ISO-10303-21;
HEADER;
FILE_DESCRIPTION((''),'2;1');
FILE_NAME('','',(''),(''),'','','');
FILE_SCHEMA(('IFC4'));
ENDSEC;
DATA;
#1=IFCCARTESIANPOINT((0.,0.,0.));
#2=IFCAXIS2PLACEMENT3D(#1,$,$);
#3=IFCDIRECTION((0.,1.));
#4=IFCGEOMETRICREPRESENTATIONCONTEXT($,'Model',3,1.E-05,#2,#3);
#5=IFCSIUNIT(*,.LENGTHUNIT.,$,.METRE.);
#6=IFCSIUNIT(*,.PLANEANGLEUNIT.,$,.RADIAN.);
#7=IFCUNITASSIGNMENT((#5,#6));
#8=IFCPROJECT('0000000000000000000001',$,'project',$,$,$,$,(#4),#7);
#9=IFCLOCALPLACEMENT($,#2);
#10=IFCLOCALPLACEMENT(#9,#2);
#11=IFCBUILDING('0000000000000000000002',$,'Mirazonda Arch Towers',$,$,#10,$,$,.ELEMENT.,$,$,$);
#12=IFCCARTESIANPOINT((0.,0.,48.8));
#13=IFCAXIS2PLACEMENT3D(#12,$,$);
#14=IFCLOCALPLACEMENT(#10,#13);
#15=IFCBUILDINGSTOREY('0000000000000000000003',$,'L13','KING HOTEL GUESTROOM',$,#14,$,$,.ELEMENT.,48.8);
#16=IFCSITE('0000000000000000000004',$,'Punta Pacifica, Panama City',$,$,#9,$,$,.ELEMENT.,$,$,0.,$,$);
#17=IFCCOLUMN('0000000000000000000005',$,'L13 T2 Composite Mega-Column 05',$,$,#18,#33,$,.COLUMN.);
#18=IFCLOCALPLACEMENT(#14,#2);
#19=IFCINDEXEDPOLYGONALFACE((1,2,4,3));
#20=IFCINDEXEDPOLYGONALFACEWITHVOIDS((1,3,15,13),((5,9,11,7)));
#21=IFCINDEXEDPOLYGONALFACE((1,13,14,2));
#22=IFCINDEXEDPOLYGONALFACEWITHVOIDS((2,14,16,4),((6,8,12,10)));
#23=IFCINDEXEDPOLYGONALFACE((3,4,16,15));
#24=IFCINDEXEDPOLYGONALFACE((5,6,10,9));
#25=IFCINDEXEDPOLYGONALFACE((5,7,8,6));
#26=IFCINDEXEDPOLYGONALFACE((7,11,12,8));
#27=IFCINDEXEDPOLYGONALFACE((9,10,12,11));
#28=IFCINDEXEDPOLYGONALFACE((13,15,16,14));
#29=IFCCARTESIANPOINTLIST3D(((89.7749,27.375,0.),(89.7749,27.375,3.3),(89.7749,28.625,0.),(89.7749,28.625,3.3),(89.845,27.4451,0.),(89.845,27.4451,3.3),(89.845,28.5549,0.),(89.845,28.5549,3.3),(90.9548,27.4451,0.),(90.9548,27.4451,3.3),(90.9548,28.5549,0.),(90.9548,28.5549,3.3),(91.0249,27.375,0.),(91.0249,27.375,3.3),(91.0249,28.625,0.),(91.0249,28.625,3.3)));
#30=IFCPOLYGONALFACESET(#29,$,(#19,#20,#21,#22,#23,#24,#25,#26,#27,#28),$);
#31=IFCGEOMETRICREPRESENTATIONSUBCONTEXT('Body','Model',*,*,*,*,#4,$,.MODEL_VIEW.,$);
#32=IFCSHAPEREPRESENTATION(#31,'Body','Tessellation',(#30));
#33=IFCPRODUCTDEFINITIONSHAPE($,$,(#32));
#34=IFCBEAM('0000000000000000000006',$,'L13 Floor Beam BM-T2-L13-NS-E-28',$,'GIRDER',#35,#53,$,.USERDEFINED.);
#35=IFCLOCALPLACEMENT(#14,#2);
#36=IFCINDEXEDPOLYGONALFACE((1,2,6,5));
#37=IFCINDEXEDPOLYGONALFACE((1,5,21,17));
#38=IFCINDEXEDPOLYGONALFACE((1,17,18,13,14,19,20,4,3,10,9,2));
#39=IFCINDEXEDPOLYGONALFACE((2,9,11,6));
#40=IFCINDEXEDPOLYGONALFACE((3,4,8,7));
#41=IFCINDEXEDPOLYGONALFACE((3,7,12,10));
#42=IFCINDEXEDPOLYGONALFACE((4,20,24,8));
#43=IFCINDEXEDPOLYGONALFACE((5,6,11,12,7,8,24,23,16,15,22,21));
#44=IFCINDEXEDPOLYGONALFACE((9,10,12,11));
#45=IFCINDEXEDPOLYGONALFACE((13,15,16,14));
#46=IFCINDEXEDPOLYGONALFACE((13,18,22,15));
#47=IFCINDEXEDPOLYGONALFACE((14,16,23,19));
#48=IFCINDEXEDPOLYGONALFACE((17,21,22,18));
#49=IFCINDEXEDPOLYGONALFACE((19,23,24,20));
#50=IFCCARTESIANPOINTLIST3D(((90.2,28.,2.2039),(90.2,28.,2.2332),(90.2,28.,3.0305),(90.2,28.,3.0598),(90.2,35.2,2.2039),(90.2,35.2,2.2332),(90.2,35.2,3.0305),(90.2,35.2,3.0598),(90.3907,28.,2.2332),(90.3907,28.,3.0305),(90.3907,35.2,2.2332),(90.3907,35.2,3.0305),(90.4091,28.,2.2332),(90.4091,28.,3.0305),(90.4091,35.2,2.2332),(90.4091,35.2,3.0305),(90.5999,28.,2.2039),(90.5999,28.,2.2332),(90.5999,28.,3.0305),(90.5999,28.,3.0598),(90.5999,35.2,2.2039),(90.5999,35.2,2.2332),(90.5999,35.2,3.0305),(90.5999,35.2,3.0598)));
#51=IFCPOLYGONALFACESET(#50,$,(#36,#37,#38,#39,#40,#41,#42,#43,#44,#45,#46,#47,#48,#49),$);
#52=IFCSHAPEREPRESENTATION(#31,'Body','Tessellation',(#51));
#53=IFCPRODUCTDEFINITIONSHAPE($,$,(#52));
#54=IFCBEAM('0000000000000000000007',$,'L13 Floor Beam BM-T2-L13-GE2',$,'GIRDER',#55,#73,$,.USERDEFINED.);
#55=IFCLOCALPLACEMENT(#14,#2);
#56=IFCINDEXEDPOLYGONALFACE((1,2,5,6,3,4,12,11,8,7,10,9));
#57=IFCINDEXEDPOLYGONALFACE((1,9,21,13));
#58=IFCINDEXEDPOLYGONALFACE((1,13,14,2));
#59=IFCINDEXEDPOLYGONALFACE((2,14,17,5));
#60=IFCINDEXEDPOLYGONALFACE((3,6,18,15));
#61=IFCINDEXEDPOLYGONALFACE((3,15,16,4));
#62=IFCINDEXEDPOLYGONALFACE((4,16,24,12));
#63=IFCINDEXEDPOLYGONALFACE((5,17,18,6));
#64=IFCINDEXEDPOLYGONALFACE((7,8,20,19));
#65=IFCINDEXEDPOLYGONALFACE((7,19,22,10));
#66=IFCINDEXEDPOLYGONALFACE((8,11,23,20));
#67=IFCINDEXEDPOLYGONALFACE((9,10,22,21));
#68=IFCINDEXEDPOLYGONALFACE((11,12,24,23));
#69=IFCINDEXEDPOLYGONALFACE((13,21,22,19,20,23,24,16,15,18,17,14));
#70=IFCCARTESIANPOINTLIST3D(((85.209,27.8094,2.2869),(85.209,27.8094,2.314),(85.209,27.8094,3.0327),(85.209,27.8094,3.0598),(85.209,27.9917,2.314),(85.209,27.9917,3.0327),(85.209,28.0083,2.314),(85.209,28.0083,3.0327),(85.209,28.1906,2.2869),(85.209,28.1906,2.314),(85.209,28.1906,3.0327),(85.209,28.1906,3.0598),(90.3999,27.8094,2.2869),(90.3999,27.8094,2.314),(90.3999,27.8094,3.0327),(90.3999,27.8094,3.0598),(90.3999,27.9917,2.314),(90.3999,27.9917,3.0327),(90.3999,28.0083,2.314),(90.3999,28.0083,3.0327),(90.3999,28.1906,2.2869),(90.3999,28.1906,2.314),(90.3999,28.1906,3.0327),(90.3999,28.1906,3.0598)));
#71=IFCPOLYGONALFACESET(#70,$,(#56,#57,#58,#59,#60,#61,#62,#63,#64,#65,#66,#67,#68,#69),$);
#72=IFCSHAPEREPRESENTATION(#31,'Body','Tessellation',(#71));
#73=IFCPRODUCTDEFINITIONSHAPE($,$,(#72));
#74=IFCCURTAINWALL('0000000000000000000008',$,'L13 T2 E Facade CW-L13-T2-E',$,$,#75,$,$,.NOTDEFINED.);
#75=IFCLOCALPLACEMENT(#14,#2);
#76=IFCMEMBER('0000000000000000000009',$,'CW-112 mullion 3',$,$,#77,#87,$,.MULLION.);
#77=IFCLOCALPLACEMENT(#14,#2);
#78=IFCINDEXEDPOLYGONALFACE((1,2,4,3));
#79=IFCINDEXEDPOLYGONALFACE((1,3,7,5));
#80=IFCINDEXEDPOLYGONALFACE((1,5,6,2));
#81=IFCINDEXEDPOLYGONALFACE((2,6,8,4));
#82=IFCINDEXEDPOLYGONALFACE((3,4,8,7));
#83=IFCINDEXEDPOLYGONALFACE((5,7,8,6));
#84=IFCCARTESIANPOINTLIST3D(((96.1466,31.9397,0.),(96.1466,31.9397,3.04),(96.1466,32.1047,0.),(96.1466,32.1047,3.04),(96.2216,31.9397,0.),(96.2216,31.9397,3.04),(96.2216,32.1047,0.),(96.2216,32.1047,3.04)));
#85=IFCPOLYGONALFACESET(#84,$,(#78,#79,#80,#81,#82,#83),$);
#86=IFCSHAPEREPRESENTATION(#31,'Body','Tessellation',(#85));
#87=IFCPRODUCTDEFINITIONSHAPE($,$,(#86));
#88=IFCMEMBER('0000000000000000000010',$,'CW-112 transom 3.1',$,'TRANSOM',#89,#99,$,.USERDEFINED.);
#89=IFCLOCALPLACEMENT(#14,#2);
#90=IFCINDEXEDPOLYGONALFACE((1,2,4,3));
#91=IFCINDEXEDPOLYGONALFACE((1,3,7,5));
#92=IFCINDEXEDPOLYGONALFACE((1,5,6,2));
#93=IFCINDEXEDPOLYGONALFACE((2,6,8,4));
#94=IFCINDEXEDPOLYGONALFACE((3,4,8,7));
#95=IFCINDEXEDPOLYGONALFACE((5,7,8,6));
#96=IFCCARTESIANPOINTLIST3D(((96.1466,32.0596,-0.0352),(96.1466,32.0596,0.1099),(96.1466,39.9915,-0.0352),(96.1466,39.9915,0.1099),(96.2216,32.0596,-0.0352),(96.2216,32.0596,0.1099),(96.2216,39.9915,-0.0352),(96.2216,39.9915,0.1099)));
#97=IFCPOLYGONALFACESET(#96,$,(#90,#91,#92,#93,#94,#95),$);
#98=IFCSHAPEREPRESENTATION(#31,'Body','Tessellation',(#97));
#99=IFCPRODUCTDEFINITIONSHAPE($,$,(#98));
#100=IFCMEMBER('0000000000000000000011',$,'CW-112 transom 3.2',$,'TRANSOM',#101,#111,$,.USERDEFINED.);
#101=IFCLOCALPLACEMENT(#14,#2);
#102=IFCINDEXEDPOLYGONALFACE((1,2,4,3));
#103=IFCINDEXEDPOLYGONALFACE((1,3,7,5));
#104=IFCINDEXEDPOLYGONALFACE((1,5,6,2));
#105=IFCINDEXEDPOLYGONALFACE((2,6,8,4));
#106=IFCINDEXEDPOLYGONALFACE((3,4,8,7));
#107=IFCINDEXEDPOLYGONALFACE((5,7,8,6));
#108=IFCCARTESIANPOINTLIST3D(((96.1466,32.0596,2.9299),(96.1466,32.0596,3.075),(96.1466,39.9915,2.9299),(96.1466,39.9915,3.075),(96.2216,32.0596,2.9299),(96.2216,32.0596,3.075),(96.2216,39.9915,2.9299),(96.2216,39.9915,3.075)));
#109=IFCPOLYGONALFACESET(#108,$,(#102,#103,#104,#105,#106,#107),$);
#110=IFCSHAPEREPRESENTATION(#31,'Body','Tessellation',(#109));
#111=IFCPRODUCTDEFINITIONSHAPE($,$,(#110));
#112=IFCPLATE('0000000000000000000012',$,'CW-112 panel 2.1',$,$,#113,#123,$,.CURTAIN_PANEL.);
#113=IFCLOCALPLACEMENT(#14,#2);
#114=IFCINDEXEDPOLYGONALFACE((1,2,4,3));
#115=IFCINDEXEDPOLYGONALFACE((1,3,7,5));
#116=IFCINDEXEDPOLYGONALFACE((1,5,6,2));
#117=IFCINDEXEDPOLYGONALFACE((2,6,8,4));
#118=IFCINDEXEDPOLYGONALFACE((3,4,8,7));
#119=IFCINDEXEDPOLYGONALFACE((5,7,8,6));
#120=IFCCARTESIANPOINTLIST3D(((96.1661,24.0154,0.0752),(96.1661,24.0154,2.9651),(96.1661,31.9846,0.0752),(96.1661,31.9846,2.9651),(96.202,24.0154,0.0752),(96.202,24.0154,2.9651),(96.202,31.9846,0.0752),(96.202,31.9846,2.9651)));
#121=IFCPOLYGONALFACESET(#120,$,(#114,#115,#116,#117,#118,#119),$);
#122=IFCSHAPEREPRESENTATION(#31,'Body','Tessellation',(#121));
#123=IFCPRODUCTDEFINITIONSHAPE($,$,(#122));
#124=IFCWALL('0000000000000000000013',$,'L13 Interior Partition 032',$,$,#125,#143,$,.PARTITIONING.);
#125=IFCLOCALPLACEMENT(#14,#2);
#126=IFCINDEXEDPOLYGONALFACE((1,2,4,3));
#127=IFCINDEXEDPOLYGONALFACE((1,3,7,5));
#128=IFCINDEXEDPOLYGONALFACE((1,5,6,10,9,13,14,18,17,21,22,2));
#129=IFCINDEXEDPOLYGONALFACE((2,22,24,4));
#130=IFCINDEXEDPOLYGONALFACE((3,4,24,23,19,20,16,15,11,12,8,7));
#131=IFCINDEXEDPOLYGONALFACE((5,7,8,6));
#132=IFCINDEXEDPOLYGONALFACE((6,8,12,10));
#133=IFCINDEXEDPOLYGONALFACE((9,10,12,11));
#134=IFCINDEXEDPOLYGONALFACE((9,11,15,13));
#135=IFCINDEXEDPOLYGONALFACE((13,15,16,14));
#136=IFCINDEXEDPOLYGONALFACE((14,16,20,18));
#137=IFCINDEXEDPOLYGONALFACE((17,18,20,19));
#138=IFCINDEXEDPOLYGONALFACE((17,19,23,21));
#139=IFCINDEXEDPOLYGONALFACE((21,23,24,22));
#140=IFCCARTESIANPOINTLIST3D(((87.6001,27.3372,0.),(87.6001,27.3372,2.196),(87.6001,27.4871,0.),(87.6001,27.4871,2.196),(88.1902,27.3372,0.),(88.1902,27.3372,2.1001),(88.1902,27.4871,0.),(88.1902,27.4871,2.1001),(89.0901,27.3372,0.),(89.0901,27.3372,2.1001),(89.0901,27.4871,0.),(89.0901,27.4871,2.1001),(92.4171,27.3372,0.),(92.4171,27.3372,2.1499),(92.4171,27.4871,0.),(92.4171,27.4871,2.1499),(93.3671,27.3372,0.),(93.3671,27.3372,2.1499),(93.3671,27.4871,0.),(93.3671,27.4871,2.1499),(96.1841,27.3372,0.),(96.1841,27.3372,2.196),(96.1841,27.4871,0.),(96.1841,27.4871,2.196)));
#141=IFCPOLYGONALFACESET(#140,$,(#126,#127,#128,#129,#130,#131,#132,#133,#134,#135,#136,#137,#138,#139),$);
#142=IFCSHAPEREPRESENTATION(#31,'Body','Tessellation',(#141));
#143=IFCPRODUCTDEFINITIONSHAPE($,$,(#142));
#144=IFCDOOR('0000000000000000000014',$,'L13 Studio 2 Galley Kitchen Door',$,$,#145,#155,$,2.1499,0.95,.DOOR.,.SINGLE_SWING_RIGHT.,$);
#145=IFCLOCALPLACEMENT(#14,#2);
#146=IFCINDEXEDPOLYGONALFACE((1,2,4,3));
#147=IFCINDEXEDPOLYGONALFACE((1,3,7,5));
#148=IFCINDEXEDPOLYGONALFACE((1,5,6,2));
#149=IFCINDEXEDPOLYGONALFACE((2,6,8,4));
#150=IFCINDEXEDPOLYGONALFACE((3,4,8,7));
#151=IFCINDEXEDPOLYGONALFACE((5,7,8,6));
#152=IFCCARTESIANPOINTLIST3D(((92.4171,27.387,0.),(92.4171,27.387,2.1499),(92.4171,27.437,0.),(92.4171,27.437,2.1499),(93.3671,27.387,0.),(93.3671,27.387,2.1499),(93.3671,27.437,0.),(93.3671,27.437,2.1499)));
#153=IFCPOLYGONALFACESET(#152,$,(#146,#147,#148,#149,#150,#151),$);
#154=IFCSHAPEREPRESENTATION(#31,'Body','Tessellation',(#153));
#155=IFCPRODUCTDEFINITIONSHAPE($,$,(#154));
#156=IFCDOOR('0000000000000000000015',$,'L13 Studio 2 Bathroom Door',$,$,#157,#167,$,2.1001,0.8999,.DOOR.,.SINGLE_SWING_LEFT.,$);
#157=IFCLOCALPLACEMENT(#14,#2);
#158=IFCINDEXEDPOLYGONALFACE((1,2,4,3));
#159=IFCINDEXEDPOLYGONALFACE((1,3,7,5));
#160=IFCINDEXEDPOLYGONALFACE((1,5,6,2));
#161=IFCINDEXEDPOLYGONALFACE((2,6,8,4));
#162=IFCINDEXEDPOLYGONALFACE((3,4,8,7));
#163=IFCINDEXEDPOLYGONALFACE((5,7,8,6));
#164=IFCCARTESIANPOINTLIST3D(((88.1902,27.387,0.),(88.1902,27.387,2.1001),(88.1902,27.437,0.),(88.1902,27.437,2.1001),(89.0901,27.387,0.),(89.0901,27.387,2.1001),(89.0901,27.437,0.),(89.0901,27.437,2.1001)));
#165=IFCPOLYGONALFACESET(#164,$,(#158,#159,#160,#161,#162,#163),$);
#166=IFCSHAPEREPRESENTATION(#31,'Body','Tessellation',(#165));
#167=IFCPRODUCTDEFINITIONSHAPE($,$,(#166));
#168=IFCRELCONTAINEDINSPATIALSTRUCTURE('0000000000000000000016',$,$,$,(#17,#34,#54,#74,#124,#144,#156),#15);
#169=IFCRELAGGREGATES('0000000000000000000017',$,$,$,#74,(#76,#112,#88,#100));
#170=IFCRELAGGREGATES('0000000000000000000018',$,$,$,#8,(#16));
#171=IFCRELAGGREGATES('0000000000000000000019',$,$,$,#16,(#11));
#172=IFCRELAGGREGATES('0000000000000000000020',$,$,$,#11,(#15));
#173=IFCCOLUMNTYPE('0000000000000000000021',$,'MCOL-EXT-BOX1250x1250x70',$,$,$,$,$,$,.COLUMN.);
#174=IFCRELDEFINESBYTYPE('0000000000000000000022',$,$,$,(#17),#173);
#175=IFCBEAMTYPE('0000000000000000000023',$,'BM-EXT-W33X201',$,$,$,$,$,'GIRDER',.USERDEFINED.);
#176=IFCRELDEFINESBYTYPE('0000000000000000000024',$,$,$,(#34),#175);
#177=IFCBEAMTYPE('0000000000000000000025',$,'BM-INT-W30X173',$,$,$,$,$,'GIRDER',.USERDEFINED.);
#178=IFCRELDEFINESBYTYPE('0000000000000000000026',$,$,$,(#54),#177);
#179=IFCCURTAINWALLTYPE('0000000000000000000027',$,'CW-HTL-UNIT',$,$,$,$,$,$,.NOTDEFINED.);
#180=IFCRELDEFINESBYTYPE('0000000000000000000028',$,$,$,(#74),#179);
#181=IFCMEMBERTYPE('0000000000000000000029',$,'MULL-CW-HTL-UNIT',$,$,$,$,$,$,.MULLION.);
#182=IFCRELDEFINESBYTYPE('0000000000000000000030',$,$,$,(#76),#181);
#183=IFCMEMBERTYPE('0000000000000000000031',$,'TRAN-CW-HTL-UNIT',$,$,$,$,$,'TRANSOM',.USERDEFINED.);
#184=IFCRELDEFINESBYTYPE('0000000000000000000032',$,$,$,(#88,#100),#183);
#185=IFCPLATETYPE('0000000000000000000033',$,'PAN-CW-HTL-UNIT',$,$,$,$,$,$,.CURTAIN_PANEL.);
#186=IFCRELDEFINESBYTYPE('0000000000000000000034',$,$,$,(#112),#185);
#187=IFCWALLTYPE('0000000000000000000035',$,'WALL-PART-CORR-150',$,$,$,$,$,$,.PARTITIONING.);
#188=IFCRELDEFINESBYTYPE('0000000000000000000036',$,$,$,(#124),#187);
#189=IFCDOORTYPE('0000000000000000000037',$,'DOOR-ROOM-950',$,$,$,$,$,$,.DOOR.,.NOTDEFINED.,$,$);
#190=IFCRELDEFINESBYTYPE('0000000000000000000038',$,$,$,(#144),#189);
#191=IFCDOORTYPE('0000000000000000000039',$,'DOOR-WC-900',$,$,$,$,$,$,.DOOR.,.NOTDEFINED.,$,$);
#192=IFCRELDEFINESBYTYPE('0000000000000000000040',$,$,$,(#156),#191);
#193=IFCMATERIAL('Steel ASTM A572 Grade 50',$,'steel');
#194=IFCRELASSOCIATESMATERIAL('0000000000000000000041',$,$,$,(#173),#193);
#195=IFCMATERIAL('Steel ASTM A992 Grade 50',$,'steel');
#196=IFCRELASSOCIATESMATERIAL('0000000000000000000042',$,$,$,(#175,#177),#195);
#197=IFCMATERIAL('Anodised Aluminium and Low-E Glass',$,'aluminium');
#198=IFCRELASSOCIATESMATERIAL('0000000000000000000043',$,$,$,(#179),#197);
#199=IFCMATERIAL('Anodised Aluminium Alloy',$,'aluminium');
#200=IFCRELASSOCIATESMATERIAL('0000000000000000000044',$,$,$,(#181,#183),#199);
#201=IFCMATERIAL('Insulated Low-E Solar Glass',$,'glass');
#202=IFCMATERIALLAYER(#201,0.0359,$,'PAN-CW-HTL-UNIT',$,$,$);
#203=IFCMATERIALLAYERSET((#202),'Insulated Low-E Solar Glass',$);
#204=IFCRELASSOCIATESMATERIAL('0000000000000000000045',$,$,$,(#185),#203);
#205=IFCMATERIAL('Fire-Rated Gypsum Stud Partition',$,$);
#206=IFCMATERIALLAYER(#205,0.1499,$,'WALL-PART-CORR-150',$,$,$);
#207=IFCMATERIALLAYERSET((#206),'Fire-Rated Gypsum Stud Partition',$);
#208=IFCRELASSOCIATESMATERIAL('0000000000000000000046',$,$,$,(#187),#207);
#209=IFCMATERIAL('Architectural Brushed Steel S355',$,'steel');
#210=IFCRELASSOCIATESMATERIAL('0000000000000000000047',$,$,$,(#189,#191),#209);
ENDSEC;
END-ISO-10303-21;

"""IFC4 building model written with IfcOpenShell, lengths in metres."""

from ifc_helpers import new_model, si_unit, direction, frame, frame_2d, origin, origin_2d, place, context, subcontext, project, spatial, rectangle, hollow_rectangle, i_section, extrude, material, layer, layer_set, material_profile, profile_set, type_object, element, fill, aggregate, save


model = new_model("IFC4")

# Units and contexts
model_context = context("Model", 3, precision=1e-05, world=origin(), true_north=direction((0.0, 1.0)))
body_context = subcontext(model_context, "Body", "Model", "MODEL_VIEW")
ifc_project = project(units=[si_unit("LENGTHUNIT", "METRE"), si_unit("PLANEANGLEUNIT", "RADIAN")], contexts=[model_context])

# Site, building, storey
site_placement = place(None, origin())
site = spatial("IfcSite", under=ifc_project, at=site_placement, Name="Punta Pacifica, Panama City", CompositionType="ELEMENT", RefElevation=0.0)
building_placement = place(site_placement, origin())
building = spatial("IfcBuilding", under=site, at=building_placement, Name="Mirazonda Arch Towers", CompositionType="ELEMENT")
storey_placement = place(building_placement, frame((0.0, 0.0, 48.8)))
storey = spatial("IfcBuildingStorey", under=building, at=storey_placement, Name="L13", Description="KING HOTEL GUESTROOM", CompositionType="ELEMENT", Elevation=48.8)

# Column
ifc_material_1 = material(Name="Steel ASTM A572 Grade 50", Category="steel")
ifc_material_profile_1 = material_profile(ifc_material_1, hollow_rectangle(XDim=1.25, YDim=1.25, WallThickness=0.0701, at=origin_2d()), Name="BOX1250x1250x70")
ifc_profile_set_1 = profile_set([ifc_material_profile_1], Name="Steel ASTM A572 Grade 50")
column_type = type_object("IfcColumnType", Name="MCOL-EXT-BOX1250x1250x70", PredefinedType="COLUMN", material=ifc_profile_set_1)
column_placement = place(storey_placement, frame((90.3999, 28.0, 0.0), z_axis=(0.0, 0.0, 1.0), x_axis=(1.0, 0.0, 0.0)))
element("IfcColumn", 1, at=column_placement, inside=storey, type_object=column_type, Name="L13 T2 Composite Mega-Column 05", PredefinedType="COLUMN", context=body_context, shape_type="SweptSolid", body=[
    extrude(hollow_rectangle(XDim=1.25, YDim=1.25, WallThickness=0.0701, at=origin_2d()), origin(), (0.0, 0.0, 1.0), 3.3),
])

# Beams
ifc_material_2 = material(Name="Steel ASTM A992 Grade 50", Category="steel")
ifc_material_profile_2 = material_profile(ifc_material_2, i_section(OverallWidth=0.3999, OverallDepth=0.856, WebThickness=0.0183, FlangeThickness=0.0293, at=origin_2d()), Name="W33X201")
ifc_profile_set_2 = profile_set([ifc_material_profile_2], Name="Steel ASTM A992 Grade 50")
beam_type_1 = type_object("IfcBeamType", Name="BM-EXT-W33X201", ElementType="GIRDER", PredefinedType="USERDEFINED", material=ifc_profile_set_2)
beam_1_placement = place(storey_placement, frame((90.3999, 28.0, 2.6318), z_axis=(0.0, 1.0, 0.0), x_axis=(-1.0, 0.0, 0.0)))
element("IfcBeam", 2, at=beam_1_placement, inside=storey, type_object=beam_type_1, Name="L13 Floor Beam BM-T2-L13-NS-E-28", ObjectType="GIRDER", PredefinedType="USERDEFINED", context=body_context, shape_type="SweptSolid", body=[
    extrude(i_section(OverallWidth=0.3999, OverallDepth=0.856, WebThickness=0.0183, FlangeThickness=0.0293, at=origin_2d()), origin(), (0.0, 0.0, 1.0), 7.2),
])
ifc_material_profile_3 = material_profile(ifc_material_2, i_section(OverallWidth=0.3811, OverallDepth=0.7729, WebThickness=0.0166, FlangeThickness=0.0271, at=origin_2d()), Name="W30X173")
ifc_profile_set_3 = profile_set([ifc_material_profile_3], Name="Steel ASTM A992 Grade 50")
beam_type_2 = type_object("IfcBeamType", Name="BM-INT-W30X173", ElementType="GIRDER", PredefinedType="USERDEFINED", material=ifc_profile_set_3)
beam_2_placement = place(storey_placement, frame((85.209, 28.0, 2.6733), z_axis=(1.0, 0.0, 0.0), x_axis=(0.0, 1.0, 0.0)))
element("IfcBeam", 3, at=beam_2_placement, inside=storey, type_object=beam_type_2, Name="L13 Floor Beam BM-T2-L13-GE2", ObjectType="GIRDER", PredefinedType="USERDEFINED", context=body_context, shape_type="SweptSolid", body=[
    extrude(i_section(OverallWidth=0.3811, OverallDepth=0.7729, WebThickness=0.0166, FlangeThickness=0.0271, at=origin_2d()), origin(), (0.0, 0.0, 1.0), 5.1909),
])

# Curtain wall, members, plate
ifc_material_3 = material(Name="Anodised Aluminium and Low-E Glass", Category="aluminium")
curtain_wall_type = type_object("IfcCurtainWallType", Name="CW-HTL-UNIT", PredefinedType="NOTDEFINED", material=ifc_material_3)
curtain_wall_placement = place(storey_placement, origin())
curtain_wall = element("IfcCurtainWall", 4, at=curtain_wall_placement, inside=storey, type_object=curtain_wall_type, Name="L13 T2 E Facade CW-L13-T2-E", PredefinedType="NOTDEFINED")
ifc_material_4 = material(Name="Anodised Aluminium Alloy", Category="aluminium")
ifc_material_profile_4 = material_profile(ifc_material_4, rectangle(XDim=0.075, YDim=0.165, at=origin_2d()), Name="ALU-MULL-75x165")
ifc_profile_set_4 = profile_set([ifc_material_profile_4], Name="Anodised Aluminium Alloy")
member_type_1 = type_object("IfcMemberType", Name="MULL-CW-HTL-UNIT", PredefinedType="MULLION", material=ifc_profile_set_4)
member_1_placement = place(storey_placement, frame((96.1841, 32.0222, 0.0), z_axis=(0.0, 0.0, 1.0), x_axis=(-1.0, 0.0, 0.0)))
member_1 = element("IfcMember", 5, at=member_1_placement, type_object=member_type_1, Name="CW-112 mullion 3", PredefinedType="MULLION", context=body_context, shape_type="SweptSolid", body=[
    extrude(rectangle(XDim=0.075, YDim=0.165, at=origin_2d()), origin(), (0.0, 0.0, 1.0), 3.04),
])
ifc_material_profile_5 = material_profile(ifc_material_4, rectangle(XDim=0.075, YDim=0.145, at=origin_2d()), Name="ALU-TRAN-75x145")
ifc_profile_set_5 = profile_set([ifc_material_profile_5], Name="Anodised Aluminium Alloy")
member_type_2 = type_object("IfcMemberType", Name="TRAN-CW-HTL-UNIT", ElementType="TRANSOM", PredefinedType="USERDEFINED", material=ifc_profile_set_5)
member_2_placement = place(storey_placement, frame((96.1841, 32.0596, 0.0374), z_axis=(0.0, 1.0, 0.0), x_axis=(-1.0, 0.0, 0.0)))
member_2 = element("IfcMember", 6, at=member_2_placement, type_object=member_type_2, Name="CW-112 transom 3.1", ObjectType="TRANSOM", PredefinedType="USERDEFINED", context=body_context, shape_type="SweptSolid", body=[
    extrude(rectangle(XDim=0.075, YDim=0.145, at=origin_2d()), origin(), (0.0, 0.0, 1.0), 7.9319),
])
member_3_placement = place(storey_placement, frame((96.1841, 32.0596, 3.0024), z_axis=(0.0, 1.0, 0.0), x_axis=(-1.0, 0.0, 0.0)))
member_3 = element("IfcMember", 7, at=member_3_placement, type_object=member_type_2, Name="CW-112 transom 3.2", ObjectType="TRANSOM", PredefinedType="USERDEFINED", context=body_context, shape_type="SweptSolid", body=[
    extrude(rectangle(XDim=0.075, YDim=0.145, at=origin_2d()), origin(), (0.0, 0.0, 1.0), 7.9319),
])
ifc_material_5 = material(Name="Insulated Low-E Solar Glass", Category="glass")
ifc_layer_1 = layer(ifc_material_5, 0.0359, Name="PAN-CW-HTL-UNIT")
ifc_layer_set_1 = layer_set([ifc_layer_1], Name="Insulated Low-E Solar Glass")
plate_type = type_object("IfcPlateType", Name="PAN-CW-HTL-UNIT", PredefinedType="CURTAIN_PANEL", material=ifc_layer_set_1)
plate_placement = place(storey_placement, frame((96.1841, 28.0, 0.0752), z_axis=(0.0, 0.0, 1.0), x_axis=(0.0, 1.0, 0.0)))
plate = element("IfcPlate", 8, at=plate_placement, type_object=plate_type, Name="CW-112 panel 2.1", PredefinedType="CURTAIN_PANEL", context=body_context, shape_type="SweptSolid", body=[
    extrude(rectangle(XDim=7.9692, YDim=0.0359, at=origin_2d()), origin(), (0.0, 0.0, 1.0), 2.8899),
])
aggregate(curtain_wall, [member_1, plate, member_2, member_3])

# Wall, openings, doors
ifc_material_6 = material(Name="Fire-Rated Gypsum Stud Partition")
ifc_layer_2 = layer(ifc_material_6, 0.1499, Name="WALL-PART-CORR-150")
ifc_layer_set_2 = layer_set([ifc_layer_2], Name="Fire-Rated Gypsum Stud Partition")
wall_type_1 = type_object("IfcWallType", Name="WALL-PART-CORR-150", PredefinedType="PARTITIONING", material=ifc_layer_set_2)
wall_1_placement = place(storey_placement, frame((87.6001, 27.4121, 0.0), z_axis=(0.0, 0.0, 1.0), x_axis=(1.0, 0.0, 0.0)))
wall_1 = element("IfcWall", 9, at=wall_1_placement, inside=storey, type_object=wall_type_1, Name="L13 Interior Partition 032", PredefinedType="PARTITIONING", context=body_context, shape_type="SweptSolid", body=[
    extrude(rectangle(XDim=8.584, YDim=0.1499, at=frame_2d((4.292, 0.0))), origin(), (0.0, 0.0, 1.0), 2.196),
])
opening_1_placement = place(wall_1_placement, frame((4.8169, 0.0, 0.0)))
opening_1 = element("IfcOpeningElement", 10, at=opening_1_placement, cuts=wall_1, PredefinedType="OPENING", context=body_context, shape_type="SweptSolid", body=[
    extrude(rectangle(XDim=0.95, YDim=2.1499, at=frame_2d((0.4751, 1.075))), frame((0.0, 0.085, 0.0), z_axis=(0.0, -1.0, 0.0), x_axis=(1.0, 0.0, 0.0)), (0.0, 0.0, 1.0), 0.1699),
])
opening_2_placement = place(wall_1_placement, frame((0.5901, 0.0, 0.0)))
opening_2 = element("IfcOpeningElement", 11, at=opening_2_placement, cuts=wall_1, PredefinedType="OPENING", context=body_context, shape_type="SweptSolid", body=[
    extrude(rectangle(XDim=0.8999, YDim=2.1001, at=frame_2d((0.45, 1.05))), frame((0.0, 0.085, 0.0), z_axis=(0.0, -1.0, 0.0), x_axis=(1.0, 0.0, 0.0)), (0.0, 0.0, 1.0), 0.1699),
])
ifc_material_7 = material(Name="Architectural Brushed Steel S355", Category="steel")
door_type_1 = type_object("IfcDoorType", Name="DOOR-ROOM-950", OperationType="NOTDEFINED", PredefinedType="DOOR", material=ifc_material_7)
door_1_placement = place(opening_1_placement, origin())
door_1 = element("IfcDoor", 12, at=door_1_placement, inside=storey, type_object=door_type_1, Name="L13 Studio 2 Galley Kitchen Door", OperationType="SINGLE_SWING_RIGHT", OverallHeight=2.1499, OverallWidth=0.95, PredefinedType="DOOR", context=body_context, shape_type="SweptSolid", body=[
    extrude(rectangle(XDim=0.95, YDim=2.1499, at=frame_2d((0.4751, 1.075))), frame((0.0, 0.0249, 0.0), z_axis=(0.0, -1.0, 0.0), x_axis=(1.0, 0.0, 0.0)), (0.0, 0.0, 1.0), 0.05),
])
fill(opening_1, door_1)
door_type_2 = type_object("IfcDoorType", Name="DOOR-WC-900", OperationType="NOTDEFINED", PredefinedType="DOOR", material=ifc_material_7)
door_2_placement = place(opening_2_placement, origin())
door_2 = element("IfcDoor", 13, at=door_2_placement, inside=storey, type_object=door_type_2, Name="L13 Studio 2 Bathroom Door", OperationType="SINGLE_SWING_LEFT", OverallHeight=2.1001, OverallWidth=0.8999, PredefinedType="DOOR", context=body_context, shape_type="SweptSolid", body=[
    extrude(rectangle(XDim=0.8999, YDim=2.1001, at=frame_2d((0.45, 1.05))), frame((0.0, 0.0249, 0.0), z_axis=(0.0, -1.0, 0.0), x_axis=(1.0, 0.0, 0.0)), (0.0, 0.0, 1.0), 0.05),
])
fill(opening_2, door_2)

save(model, "model.ifc")
